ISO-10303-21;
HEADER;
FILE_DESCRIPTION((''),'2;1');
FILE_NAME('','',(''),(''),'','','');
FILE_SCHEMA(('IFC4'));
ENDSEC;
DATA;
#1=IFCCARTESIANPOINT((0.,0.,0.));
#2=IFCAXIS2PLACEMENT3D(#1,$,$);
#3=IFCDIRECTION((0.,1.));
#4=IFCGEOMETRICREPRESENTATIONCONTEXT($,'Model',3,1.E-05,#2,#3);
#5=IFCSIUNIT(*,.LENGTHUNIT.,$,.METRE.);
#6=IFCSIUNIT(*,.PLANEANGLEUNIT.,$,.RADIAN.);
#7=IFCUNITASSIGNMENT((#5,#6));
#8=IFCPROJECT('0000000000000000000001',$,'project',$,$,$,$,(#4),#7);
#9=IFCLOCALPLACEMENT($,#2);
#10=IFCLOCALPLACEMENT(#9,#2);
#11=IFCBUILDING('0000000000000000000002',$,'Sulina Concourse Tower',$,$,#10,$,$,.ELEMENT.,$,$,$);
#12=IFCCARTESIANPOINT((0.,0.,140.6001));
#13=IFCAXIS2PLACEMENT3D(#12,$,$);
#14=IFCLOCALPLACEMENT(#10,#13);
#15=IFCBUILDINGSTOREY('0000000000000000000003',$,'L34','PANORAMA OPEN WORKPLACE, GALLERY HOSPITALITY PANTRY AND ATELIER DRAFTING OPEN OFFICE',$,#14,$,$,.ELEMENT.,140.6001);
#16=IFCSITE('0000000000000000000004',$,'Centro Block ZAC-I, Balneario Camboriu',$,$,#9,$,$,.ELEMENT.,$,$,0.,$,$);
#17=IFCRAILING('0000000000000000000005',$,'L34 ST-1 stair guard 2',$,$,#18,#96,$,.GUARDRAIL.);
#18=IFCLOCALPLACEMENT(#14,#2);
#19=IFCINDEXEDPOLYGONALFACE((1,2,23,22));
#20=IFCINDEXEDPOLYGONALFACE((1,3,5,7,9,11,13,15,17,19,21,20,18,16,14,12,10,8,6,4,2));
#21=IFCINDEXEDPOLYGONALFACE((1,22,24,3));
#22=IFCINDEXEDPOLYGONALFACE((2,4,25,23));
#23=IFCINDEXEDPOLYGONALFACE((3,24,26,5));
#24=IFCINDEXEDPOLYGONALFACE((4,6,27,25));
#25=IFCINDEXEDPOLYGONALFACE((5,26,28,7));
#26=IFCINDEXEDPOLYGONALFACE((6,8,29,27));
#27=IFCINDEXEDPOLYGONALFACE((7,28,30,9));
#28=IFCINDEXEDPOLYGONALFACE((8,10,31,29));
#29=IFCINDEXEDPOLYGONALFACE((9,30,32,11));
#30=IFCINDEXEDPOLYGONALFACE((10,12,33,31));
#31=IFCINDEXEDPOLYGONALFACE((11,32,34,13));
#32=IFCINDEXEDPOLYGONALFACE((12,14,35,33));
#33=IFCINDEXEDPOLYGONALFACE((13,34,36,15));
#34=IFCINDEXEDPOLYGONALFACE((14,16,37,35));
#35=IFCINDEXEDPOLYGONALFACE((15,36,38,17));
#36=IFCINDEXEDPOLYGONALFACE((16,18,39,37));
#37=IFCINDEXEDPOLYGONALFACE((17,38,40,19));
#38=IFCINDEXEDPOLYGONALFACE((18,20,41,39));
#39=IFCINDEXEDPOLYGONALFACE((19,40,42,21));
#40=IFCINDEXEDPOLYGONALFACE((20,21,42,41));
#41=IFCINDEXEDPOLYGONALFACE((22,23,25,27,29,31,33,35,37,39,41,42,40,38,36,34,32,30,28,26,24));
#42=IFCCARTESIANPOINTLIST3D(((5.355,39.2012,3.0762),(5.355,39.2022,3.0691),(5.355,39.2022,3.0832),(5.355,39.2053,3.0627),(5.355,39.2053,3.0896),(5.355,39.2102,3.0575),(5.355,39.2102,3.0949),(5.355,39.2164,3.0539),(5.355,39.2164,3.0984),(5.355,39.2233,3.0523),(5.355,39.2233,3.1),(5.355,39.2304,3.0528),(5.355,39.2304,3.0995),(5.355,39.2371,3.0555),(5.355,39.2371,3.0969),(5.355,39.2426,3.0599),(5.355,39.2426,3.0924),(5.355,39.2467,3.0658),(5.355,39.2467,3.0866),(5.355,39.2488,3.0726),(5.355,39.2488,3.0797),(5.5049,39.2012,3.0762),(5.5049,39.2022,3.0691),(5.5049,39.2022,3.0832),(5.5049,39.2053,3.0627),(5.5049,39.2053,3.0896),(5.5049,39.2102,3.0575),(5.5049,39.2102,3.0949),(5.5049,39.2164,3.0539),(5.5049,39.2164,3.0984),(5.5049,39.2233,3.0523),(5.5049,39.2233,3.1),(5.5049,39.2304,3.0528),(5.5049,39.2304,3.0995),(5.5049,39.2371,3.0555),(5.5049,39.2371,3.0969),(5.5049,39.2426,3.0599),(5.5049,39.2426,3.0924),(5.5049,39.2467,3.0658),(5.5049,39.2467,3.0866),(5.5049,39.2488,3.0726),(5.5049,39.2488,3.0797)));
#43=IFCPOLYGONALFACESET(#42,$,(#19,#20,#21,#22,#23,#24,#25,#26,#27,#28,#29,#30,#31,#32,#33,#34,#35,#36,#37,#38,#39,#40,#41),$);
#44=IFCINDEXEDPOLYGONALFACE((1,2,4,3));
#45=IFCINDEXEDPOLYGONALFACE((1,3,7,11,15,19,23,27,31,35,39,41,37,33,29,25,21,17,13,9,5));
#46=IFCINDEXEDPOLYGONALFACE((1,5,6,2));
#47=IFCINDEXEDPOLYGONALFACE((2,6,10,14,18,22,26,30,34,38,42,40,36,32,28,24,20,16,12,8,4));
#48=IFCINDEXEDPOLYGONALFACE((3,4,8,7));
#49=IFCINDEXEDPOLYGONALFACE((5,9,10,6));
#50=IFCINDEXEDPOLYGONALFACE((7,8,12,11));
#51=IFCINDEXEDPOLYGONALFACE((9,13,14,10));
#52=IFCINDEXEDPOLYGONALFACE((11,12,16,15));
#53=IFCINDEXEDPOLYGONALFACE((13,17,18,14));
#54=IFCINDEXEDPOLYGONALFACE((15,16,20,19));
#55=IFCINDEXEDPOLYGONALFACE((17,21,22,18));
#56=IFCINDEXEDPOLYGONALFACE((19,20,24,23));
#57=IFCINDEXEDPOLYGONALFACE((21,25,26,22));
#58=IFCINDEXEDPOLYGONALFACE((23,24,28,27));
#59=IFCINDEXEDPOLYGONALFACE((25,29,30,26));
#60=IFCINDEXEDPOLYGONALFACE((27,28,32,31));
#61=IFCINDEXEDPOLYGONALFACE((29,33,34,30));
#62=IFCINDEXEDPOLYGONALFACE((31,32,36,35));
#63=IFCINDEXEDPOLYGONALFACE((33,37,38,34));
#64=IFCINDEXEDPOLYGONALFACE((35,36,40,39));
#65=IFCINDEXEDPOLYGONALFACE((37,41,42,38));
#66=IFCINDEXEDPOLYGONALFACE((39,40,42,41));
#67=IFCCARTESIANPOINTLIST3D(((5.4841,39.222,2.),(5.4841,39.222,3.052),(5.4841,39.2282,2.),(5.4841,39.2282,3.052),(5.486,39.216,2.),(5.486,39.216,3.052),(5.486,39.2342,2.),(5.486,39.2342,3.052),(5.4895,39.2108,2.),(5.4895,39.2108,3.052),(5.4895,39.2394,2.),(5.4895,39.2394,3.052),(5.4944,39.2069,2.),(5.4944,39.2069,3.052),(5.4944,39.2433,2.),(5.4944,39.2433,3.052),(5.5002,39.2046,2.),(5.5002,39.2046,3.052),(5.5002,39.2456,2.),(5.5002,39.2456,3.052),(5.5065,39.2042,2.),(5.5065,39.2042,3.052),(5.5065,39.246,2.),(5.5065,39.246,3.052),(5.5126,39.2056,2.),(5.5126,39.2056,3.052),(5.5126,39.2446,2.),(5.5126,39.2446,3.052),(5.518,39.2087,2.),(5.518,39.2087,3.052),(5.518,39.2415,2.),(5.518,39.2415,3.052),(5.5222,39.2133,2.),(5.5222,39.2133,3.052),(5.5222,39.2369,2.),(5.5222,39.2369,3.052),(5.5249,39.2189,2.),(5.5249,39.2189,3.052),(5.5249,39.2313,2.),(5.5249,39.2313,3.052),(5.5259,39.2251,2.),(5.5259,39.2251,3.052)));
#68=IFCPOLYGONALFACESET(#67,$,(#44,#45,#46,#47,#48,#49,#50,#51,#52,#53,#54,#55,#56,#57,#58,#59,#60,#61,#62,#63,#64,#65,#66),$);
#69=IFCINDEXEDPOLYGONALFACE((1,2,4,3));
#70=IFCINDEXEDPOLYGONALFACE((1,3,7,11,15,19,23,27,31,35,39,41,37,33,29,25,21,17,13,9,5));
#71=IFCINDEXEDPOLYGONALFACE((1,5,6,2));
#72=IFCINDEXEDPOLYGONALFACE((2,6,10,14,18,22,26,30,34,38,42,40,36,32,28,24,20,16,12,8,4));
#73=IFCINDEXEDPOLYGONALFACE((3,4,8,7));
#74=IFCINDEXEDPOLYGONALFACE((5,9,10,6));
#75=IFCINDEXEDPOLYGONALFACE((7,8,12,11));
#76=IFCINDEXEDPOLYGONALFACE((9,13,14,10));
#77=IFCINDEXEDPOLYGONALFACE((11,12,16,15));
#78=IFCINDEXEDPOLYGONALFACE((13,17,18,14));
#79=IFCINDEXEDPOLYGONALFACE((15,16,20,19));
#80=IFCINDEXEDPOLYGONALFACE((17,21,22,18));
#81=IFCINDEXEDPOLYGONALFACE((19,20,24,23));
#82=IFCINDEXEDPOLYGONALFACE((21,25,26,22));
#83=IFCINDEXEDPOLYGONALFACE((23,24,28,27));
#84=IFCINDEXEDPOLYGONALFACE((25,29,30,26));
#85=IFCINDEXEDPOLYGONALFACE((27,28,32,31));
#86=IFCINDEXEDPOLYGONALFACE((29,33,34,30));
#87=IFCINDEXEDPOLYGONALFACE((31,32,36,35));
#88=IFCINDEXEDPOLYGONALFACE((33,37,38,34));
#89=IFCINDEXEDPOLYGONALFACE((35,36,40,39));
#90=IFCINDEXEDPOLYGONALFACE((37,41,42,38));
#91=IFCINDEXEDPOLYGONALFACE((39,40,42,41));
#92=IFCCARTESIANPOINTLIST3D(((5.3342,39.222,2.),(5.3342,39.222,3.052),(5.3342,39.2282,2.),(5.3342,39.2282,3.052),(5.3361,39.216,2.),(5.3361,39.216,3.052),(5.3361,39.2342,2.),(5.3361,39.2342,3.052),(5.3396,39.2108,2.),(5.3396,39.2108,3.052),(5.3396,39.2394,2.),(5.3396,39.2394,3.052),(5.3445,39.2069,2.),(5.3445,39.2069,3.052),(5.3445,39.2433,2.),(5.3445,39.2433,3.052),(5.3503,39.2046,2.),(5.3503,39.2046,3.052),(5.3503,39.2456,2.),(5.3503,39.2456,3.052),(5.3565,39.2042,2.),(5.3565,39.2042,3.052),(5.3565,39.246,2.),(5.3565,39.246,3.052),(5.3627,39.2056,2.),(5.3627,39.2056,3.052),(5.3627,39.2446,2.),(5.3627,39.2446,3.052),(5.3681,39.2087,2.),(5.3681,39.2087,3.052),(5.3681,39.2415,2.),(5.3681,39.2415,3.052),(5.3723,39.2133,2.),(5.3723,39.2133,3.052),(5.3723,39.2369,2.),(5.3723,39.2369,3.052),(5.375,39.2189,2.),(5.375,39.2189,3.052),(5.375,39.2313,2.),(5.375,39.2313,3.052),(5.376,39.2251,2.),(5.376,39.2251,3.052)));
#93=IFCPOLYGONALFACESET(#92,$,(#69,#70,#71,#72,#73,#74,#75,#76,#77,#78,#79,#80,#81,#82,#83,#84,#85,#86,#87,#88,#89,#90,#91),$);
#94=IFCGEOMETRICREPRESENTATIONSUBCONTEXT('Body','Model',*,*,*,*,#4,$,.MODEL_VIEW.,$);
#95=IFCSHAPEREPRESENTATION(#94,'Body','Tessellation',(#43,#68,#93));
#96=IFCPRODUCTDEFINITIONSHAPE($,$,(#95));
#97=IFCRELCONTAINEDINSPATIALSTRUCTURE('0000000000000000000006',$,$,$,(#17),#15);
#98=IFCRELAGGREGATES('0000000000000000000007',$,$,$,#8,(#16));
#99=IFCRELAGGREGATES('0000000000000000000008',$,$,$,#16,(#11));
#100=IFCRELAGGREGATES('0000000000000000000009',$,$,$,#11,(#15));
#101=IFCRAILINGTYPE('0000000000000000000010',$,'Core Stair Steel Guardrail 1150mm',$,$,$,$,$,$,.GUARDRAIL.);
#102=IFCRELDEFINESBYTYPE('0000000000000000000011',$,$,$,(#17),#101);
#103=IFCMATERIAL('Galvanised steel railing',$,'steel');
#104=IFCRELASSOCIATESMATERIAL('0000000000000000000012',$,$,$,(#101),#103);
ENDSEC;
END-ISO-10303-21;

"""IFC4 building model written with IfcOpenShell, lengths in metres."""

from ifc_helpers import new_model, si_unit, direction, frame, origin, origin_2d, place, context, subcontext, project, spatial, circle, extrude, material, type_object, element, save


model = new_model("IFC4")

# Units and contexts
model_context = context("Model", 3, precision=1e-05, world=origin(), true_north=direction((0.0, 1.0)))
body_context = subcontext(model_context, "Body", "Model", "MODEL_VIEW")
ifc_project = project(units=[si_unit("LENGTHUNIT", "METRE"), si_unit("PLANEANGLEUNIT", "RADIAN")], contexts=[model_context])

# Site, building, storey
site_placement = place(None, origin())
site = spatial("IfcSite", under=ifc_project, at=site_placement, Name="Centro Block ZAC-I, Balneario Camboriu", CompositionType="ELEMENT", RefElevation=0.0)
building_placement = place(site_placement, origin())
building = spatial("IfcBuilding", under=site, at=building_placement, Name="Sulina Concourse Tower", CompositionType="ELEMENT")
storey_placement = place(building_placement, frame((0.0, 0.0, 140.6001)))
storey = spatial("IfcBuildingStorey", under=building, at=storey_placement, Name="L34", Description="PANORAMA OPEN WORKPLACE, GALLERY HOSPITALITY PANTRY AND ATELIER DRAFTING OPEN OFFICE", CompositionType="ELEMENT", Elevation=140.6001)

# Railing
ifc_material_1 = material(Name="Galvanised steel railing", Category="steel")
railing_type_1 = type_object("IfcRailingType", Name="Core Stair Steel Guardrail 1150mm", PredefinedType="GUARDRAIL", material=ifc_material_1)
railing_1_placement = place(storey_placement, frame((5.5049, 39.2251, 2.0)))
element("IfcRailing", 1, at=railing_1_placement, inside=storey, type_object=railing_type_1, Name="L34 ST-1 stair guard 2", PredefinedType="GUARDRAIL", context=body_context, shape_type="SweptSolid", body=[
    extrude(circle(Radius=0.0239, at=origin_2d()), frame((0.0, 0.0, 1.0762), z_axis=(-1.0, 0.0, 0.0), x_axis=(0.0, -1.0, 0.0)), (0.0, 0.0, 1.0), 0.1499),
    extrude(circle(Radius=0.021, at=origin_2d()), origin(), (0.0, 0.0, 1.0), 1.052),
    extrude(circle(Radius=0.021, at=origin_2d()), frame((-0.1499, 0.0, 0.0)), (0.0, 0.0, 1.0), 1.052),
])

save(model, "model.ifc")
